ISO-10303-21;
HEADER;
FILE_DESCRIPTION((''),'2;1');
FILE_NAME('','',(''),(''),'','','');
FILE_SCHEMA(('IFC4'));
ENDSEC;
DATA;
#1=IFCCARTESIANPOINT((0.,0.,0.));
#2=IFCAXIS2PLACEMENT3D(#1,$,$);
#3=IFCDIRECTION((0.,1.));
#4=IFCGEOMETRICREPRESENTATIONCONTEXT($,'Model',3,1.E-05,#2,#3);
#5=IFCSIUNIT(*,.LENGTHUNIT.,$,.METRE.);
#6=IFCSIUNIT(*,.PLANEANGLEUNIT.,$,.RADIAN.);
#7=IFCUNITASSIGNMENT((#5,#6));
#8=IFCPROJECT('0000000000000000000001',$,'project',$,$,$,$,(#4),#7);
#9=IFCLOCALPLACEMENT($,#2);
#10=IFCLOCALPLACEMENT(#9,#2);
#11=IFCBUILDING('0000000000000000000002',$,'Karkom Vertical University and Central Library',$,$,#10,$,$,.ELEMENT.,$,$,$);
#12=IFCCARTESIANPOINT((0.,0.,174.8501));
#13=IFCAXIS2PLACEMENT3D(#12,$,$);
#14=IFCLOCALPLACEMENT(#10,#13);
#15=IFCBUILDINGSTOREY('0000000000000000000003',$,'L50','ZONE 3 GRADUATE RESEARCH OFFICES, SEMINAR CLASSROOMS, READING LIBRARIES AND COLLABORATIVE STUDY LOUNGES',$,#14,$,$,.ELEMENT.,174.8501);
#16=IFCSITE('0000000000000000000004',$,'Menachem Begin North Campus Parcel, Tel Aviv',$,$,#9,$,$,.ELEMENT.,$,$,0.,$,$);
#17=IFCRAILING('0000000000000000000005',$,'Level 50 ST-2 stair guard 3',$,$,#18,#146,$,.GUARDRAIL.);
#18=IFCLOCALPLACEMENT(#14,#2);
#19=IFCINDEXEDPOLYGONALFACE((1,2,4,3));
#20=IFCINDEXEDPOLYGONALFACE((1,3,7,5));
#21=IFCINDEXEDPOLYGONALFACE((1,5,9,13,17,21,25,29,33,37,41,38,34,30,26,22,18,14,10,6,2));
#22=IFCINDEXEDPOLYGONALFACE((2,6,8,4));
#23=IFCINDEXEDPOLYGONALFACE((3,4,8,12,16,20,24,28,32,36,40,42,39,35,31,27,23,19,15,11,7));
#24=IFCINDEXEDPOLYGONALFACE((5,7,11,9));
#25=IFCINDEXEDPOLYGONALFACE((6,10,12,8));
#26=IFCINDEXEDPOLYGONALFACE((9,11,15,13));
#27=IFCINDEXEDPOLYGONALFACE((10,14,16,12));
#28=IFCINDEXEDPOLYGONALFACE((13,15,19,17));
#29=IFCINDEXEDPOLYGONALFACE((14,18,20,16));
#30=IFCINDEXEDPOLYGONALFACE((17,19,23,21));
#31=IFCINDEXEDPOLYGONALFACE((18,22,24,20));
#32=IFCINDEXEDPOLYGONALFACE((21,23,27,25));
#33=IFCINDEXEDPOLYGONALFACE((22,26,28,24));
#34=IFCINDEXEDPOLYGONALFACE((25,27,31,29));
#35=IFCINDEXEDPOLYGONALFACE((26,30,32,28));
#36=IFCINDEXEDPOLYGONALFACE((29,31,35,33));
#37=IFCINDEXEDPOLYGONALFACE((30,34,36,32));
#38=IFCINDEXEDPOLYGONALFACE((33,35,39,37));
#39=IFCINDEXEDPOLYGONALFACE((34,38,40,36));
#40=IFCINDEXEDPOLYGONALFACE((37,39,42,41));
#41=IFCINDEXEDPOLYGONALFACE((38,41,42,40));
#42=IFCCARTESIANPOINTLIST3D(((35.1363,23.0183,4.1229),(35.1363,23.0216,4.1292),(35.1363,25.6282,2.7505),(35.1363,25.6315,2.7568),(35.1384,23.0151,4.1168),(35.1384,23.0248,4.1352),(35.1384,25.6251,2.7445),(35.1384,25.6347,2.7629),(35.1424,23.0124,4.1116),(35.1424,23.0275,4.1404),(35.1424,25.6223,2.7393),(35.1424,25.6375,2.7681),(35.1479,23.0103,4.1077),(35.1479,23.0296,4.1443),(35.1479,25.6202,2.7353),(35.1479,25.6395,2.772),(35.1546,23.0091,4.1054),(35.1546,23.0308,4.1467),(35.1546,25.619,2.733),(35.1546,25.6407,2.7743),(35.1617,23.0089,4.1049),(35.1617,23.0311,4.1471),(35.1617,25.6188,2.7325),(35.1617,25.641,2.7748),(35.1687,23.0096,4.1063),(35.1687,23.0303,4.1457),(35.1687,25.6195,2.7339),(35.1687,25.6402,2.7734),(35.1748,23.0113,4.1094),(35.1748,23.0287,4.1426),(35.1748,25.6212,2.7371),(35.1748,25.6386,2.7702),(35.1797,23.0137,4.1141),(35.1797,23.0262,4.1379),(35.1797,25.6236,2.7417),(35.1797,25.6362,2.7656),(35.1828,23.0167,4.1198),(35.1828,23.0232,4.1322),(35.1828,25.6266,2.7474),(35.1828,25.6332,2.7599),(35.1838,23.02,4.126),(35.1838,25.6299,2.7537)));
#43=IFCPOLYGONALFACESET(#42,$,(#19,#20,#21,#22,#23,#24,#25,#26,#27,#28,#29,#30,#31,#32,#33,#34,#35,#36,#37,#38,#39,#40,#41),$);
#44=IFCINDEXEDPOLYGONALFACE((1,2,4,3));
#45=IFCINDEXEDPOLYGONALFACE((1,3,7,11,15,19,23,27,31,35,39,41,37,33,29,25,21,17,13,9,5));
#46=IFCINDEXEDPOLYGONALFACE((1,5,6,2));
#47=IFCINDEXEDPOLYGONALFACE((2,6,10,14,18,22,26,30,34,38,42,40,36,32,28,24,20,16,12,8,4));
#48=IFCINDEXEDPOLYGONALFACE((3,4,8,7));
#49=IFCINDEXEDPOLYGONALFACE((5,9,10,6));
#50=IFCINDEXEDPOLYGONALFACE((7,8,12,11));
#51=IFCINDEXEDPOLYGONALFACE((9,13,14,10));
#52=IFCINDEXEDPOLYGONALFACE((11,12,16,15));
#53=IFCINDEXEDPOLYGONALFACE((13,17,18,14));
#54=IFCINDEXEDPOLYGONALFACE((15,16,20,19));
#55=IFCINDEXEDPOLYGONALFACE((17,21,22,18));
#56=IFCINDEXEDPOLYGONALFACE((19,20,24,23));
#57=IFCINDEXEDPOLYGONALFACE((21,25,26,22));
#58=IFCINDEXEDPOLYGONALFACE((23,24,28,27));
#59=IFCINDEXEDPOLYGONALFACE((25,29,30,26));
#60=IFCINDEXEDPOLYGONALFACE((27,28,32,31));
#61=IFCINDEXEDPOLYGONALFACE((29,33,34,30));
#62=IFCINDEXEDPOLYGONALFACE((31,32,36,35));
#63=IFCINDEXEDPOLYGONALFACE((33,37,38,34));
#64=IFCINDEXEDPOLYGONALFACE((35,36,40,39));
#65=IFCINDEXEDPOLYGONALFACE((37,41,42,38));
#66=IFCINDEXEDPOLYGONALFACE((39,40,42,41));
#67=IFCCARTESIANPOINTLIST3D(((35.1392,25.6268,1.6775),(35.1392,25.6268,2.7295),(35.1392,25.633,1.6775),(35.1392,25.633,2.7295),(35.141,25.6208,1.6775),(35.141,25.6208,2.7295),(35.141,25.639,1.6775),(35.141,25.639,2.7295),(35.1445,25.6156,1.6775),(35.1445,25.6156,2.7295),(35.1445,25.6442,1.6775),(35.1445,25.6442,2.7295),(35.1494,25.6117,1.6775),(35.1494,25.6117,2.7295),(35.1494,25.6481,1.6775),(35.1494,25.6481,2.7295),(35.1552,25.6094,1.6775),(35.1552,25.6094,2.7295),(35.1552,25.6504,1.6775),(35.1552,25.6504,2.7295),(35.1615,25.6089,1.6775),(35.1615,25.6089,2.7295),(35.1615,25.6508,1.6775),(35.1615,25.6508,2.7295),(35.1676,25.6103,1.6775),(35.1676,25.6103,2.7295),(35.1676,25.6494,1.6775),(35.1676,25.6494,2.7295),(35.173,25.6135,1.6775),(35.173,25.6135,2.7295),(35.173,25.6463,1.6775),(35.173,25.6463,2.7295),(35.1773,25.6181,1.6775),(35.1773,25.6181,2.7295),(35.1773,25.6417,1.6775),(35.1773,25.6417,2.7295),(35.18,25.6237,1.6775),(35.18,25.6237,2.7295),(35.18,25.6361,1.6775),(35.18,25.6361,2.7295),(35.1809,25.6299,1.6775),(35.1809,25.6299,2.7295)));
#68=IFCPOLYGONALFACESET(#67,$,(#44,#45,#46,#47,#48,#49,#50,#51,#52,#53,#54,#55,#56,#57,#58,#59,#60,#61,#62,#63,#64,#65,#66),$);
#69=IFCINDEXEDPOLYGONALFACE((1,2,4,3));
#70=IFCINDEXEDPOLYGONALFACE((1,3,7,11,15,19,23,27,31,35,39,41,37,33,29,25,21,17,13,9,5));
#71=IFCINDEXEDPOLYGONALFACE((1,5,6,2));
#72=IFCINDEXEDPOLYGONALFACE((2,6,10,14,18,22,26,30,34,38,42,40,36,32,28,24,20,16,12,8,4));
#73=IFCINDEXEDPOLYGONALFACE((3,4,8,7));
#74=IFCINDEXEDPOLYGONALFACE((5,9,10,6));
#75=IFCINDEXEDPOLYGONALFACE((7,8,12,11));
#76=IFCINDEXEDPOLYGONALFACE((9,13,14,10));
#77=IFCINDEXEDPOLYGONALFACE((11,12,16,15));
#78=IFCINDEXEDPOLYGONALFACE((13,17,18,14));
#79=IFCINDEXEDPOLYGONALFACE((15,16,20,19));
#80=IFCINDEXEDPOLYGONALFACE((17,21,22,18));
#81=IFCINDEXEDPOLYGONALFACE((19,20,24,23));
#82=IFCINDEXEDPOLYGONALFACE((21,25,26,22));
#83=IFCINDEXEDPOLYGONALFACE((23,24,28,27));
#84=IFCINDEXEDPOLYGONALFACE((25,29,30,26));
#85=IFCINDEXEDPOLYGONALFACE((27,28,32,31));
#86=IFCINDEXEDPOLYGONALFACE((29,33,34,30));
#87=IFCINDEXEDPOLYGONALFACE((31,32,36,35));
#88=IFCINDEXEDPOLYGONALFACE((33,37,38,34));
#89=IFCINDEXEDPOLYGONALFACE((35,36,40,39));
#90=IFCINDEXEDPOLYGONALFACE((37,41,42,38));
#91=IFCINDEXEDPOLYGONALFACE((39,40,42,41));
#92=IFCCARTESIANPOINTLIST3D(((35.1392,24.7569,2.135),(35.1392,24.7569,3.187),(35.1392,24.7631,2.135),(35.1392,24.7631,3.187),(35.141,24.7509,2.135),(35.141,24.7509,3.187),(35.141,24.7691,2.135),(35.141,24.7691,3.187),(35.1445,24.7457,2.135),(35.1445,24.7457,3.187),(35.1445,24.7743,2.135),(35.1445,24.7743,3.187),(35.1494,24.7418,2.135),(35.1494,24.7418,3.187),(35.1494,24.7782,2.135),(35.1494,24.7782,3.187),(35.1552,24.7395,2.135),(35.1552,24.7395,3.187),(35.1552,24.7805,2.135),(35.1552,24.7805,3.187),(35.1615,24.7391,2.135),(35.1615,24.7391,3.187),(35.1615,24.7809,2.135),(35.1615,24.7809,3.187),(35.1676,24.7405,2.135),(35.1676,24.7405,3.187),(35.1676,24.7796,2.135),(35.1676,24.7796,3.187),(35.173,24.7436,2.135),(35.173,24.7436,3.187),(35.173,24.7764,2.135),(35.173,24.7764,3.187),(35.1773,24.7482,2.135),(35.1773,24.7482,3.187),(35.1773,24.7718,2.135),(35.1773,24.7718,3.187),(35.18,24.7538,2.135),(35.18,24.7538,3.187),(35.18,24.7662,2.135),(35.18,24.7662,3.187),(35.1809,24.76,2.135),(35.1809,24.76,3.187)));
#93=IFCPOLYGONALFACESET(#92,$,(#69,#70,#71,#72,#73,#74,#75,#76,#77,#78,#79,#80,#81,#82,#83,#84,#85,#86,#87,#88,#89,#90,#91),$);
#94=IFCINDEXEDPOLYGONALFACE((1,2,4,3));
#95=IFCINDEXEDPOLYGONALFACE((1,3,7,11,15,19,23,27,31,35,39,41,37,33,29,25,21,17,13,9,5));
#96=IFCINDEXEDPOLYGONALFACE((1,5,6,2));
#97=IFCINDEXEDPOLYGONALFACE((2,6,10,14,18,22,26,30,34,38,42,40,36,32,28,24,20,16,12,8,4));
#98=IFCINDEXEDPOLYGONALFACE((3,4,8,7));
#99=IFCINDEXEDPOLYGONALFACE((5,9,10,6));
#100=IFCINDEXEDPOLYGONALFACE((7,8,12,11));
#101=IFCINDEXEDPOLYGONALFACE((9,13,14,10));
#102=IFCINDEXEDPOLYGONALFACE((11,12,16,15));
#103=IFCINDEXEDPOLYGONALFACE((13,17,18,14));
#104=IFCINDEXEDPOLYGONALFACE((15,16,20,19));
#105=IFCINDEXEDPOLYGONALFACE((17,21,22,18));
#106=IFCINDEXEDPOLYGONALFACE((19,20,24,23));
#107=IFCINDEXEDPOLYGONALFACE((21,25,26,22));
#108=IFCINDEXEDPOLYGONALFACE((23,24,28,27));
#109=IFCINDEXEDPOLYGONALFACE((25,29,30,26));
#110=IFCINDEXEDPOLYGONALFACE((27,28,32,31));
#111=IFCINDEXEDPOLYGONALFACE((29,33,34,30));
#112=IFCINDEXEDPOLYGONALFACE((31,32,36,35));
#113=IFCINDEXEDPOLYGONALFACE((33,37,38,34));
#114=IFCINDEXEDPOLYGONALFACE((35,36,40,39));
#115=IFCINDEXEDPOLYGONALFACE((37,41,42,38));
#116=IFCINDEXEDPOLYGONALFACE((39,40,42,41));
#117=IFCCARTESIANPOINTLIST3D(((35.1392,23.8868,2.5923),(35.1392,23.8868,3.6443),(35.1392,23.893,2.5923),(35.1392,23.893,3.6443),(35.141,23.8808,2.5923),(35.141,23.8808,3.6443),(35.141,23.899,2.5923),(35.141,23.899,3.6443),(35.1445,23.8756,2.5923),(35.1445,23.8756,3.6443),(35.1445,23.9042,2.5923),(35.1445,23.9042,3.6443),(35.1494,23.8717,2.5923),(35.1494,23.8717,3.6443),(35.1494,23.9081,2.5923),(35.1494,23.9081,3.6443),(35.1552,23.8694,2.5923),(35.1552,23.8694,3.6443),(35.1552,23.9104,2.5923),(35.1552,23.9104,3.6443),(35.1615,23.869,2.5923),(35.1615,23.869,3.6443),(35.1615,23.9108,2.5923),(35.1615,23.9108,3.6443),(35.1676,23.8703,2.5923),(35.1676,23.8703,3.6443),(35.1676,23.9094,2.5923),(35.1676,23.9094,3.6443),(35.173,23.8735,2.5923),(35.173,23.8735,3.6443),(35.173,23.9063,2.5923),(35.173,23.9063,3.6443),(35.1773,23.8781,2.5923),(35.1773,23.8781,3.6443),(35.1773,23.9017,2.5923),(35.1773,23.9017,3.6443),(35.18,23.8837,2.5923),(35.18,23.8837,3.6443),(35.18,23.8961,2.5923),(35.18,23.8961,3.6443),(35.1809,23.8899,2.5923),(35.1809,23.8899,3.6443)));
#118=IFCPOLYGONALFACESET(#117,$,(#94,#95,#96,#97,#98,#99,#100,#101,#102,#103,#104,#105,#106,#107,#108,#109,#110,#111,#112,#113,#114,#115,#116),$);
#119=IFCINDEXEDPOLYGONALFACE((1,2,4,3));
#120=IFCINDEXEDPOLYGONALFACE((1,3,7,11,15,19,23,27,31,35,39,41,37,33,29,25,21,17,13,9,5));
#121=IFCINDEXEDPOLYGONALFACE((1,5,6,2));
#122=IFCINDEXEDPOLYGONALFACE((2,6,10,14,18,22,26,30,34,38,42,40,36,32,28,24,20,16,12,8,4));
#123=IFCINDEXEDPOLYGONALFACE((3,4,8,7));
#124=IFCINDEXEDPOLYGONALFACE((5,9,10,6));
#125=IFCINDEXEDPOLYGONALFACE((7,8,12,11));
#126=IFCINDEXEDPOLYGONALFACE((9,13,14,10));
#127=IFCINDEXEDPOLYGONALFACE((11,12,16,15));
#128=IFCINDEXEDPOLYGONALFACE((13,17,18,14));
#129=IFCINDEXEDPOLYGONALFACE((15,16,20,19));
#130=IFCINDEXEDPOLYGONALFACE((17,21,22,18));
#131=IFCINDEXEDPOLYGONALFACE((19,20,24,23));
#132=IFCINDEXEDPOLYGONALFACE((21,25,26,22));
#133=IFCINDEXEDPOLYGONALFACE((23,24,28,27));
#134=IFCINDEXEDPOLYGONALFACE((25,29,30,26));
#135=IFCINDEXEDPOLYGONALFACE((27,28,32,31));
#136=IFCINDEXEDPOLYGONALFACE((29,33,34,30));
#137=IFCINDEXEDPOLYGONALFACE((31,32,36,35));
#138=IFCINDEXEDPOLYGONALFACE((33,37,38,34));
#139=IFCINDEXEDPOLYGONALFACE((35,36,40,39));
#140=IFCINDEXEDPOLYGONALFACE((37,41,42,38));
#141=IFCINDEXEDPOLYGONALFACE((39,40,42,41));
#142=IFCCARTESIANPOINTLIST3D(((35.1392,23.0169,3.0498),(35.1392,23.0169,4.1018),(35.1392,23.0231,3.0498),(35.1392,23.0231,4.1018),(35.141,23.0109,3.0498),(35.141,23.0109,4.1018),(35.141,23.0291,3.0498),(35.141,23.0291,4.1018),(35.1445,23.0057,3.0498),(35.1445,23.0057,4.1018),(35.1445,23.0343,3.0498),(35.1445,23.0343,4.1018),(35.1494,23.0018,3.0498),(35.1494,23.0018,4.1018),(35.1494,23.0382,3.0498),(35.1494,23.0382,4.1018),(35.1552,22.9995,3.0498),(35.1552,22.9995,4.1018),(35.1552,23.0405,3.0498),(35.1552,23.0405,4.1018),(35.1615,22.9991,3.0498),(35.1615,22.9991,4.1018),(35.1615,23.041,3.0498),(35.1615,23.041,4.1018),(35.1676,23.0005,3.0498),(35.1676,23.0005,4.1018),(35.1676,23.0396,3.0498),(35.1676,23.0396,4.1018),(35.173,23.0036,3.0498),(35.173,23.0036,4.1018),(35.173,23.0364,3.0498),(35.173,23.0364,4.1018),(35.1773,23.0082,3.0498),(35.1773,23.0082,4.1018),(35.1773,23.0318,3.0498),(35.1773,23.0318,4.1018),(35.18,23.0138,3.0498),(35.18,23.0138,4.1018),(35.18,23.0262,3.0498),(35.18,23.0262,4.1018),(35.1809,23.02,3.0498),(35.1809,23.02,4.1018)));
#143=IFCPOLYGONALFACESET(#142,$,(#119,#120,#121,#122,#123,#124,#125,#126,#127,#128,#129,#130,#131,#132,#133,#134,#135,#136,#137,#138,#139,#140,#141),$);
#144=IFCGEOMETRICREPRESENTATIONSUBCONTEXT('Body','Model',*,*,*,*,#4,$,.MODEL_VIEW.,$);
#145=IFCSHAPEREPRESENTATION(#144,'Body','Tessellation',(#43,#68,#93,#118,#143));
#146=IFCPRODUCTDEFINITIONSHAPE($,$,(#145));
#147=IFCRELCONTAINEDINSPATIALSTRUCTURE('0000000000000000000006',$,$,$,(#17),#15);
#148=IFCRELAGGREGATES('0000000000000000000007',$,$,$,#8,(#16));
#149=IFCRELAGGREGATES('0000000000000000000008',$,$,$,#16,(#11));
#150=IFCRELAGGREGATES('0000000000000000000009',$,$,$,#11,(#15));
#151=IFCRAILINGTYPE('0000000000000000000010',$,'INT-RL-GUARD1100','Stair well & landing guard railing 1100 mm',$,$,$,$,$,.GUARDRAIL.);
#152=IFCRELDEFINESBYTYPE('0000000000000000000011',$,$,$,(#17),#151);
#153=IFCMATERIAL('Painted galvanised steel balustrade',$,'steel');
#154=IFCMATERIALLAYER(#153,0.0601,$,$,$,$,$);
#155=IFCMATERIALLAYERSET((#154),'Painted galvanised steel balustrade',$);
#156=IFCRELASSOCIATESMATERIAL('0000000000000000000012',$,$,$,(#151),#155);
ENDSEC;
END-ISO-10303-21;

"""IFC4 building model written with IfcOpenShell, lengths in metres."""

from ifc_helpers import new_model, si_unit, direction, frame, origin, origin_2d, place, context, subcontext, project, spatial, circle, extrude, material, layer, layer_set, type_object, element, save


model = new_model("IFC4")

# Units and contexts
model_context = context("Model", 3, precision=1e-05, world=origin(), true_north=direction((0.0, 1.0)))
body_context = subcontext(model_context, "Body", "Model", "MODEL_VIEW")
ifc_project = project(units=[si_unit("LENGTHUNIT", "METRE"), si_unit("PLANEANGLEUNIT", "RADIAN")], contexts=[model_context])

# Site, building, storey
site_placement = place(None, origin())
site = spatial("IfcSite", under=ifc_project, at=site_placement, Name="Menachem Begin North Campus Parcel, Tel Aviv", CompositionType="ELEMENT", RefElevation=0.0)
building_placement = place(site_placement, origin())
building = spatial("IfcBuilding", under=site, at=building_placement, Name="Karkom Vertical University and Central Library", CompositionType="ELEMENT")
storey_placement = place(building_placement, frame((0.0, 0.0, 174.8501)))
storey = spatial("IfcBuildingStorey", under=building, at=storey_placement, Name="L50", Description="ZONE 3 GRADUATE RESEARCH OFFICES, SEMINAR CLASSROOMS, READING LIBRARIES AND COLLABORATIVE STUDY LOUNGES", CompositionType="ELEMENT", Elevation=174.8501)

# Railing
ifc_material_1 = material(Name="Painted galvanised steel balustrade", Category="steel")
ifc_layer_1 = layer(ifc_material_1, 0.0601)
ifc_layer_set_1 = layer_set([ifc_layer_1], Name="Painted galvanised steel balustrade")
railing_type_1 = type_object("IfcRailingType", Name="INT-RL-GUARD1100", Description="Stair well & landing guard railing 1100 mm", PredefinedType="GUARDRAIL", material=ifc_layer_set_1)
railing_1_placement = place(storey_placement, frame((35.1599, 25.6299, 1.6775)))
element("IfcRailing", 1, at=railing_1_placement, inside=storey, type_object=railing_type_1, Name="Level 50 ST-2 stair guard 3", PredefinedType="GUARDRAIL", context=body_context, shape_type="SweptSolid", body=[
    extrude(circle(Radius=0.0239, at=origin_2d()), frame((0.0, 0.0, 1.0762), z_axis=(0.0, -0.8851, 0.465402), x_axis=(1.0, 0.0, 0.0)), (0.0, 0.0, 1.0), 2.9487),
    extrude(circle(Radius=0.021, at=origin_2d()), origin(), (0.0, 0.0, 1.0), 1.052),
    extrude(circle(Radius=0.021, at=origin_2d()), frame((0.0, -0.8699, 0.4575)), (0.0, 0.0, 1.0), 1.052),
    extrude(circle(Radius=0.021, at=origin_2d()), frame((0.0, -1.74, 0.9148)), (0.0, 0.0, 1.0), 1.052),
    extrude(circle(Radius=0.021, at=origin_2d()), frame((0.0, -2.6099, 1.3723)), (0.0, 0.0, 1.0), 1.052),
])

save(model, "model.ifc")
